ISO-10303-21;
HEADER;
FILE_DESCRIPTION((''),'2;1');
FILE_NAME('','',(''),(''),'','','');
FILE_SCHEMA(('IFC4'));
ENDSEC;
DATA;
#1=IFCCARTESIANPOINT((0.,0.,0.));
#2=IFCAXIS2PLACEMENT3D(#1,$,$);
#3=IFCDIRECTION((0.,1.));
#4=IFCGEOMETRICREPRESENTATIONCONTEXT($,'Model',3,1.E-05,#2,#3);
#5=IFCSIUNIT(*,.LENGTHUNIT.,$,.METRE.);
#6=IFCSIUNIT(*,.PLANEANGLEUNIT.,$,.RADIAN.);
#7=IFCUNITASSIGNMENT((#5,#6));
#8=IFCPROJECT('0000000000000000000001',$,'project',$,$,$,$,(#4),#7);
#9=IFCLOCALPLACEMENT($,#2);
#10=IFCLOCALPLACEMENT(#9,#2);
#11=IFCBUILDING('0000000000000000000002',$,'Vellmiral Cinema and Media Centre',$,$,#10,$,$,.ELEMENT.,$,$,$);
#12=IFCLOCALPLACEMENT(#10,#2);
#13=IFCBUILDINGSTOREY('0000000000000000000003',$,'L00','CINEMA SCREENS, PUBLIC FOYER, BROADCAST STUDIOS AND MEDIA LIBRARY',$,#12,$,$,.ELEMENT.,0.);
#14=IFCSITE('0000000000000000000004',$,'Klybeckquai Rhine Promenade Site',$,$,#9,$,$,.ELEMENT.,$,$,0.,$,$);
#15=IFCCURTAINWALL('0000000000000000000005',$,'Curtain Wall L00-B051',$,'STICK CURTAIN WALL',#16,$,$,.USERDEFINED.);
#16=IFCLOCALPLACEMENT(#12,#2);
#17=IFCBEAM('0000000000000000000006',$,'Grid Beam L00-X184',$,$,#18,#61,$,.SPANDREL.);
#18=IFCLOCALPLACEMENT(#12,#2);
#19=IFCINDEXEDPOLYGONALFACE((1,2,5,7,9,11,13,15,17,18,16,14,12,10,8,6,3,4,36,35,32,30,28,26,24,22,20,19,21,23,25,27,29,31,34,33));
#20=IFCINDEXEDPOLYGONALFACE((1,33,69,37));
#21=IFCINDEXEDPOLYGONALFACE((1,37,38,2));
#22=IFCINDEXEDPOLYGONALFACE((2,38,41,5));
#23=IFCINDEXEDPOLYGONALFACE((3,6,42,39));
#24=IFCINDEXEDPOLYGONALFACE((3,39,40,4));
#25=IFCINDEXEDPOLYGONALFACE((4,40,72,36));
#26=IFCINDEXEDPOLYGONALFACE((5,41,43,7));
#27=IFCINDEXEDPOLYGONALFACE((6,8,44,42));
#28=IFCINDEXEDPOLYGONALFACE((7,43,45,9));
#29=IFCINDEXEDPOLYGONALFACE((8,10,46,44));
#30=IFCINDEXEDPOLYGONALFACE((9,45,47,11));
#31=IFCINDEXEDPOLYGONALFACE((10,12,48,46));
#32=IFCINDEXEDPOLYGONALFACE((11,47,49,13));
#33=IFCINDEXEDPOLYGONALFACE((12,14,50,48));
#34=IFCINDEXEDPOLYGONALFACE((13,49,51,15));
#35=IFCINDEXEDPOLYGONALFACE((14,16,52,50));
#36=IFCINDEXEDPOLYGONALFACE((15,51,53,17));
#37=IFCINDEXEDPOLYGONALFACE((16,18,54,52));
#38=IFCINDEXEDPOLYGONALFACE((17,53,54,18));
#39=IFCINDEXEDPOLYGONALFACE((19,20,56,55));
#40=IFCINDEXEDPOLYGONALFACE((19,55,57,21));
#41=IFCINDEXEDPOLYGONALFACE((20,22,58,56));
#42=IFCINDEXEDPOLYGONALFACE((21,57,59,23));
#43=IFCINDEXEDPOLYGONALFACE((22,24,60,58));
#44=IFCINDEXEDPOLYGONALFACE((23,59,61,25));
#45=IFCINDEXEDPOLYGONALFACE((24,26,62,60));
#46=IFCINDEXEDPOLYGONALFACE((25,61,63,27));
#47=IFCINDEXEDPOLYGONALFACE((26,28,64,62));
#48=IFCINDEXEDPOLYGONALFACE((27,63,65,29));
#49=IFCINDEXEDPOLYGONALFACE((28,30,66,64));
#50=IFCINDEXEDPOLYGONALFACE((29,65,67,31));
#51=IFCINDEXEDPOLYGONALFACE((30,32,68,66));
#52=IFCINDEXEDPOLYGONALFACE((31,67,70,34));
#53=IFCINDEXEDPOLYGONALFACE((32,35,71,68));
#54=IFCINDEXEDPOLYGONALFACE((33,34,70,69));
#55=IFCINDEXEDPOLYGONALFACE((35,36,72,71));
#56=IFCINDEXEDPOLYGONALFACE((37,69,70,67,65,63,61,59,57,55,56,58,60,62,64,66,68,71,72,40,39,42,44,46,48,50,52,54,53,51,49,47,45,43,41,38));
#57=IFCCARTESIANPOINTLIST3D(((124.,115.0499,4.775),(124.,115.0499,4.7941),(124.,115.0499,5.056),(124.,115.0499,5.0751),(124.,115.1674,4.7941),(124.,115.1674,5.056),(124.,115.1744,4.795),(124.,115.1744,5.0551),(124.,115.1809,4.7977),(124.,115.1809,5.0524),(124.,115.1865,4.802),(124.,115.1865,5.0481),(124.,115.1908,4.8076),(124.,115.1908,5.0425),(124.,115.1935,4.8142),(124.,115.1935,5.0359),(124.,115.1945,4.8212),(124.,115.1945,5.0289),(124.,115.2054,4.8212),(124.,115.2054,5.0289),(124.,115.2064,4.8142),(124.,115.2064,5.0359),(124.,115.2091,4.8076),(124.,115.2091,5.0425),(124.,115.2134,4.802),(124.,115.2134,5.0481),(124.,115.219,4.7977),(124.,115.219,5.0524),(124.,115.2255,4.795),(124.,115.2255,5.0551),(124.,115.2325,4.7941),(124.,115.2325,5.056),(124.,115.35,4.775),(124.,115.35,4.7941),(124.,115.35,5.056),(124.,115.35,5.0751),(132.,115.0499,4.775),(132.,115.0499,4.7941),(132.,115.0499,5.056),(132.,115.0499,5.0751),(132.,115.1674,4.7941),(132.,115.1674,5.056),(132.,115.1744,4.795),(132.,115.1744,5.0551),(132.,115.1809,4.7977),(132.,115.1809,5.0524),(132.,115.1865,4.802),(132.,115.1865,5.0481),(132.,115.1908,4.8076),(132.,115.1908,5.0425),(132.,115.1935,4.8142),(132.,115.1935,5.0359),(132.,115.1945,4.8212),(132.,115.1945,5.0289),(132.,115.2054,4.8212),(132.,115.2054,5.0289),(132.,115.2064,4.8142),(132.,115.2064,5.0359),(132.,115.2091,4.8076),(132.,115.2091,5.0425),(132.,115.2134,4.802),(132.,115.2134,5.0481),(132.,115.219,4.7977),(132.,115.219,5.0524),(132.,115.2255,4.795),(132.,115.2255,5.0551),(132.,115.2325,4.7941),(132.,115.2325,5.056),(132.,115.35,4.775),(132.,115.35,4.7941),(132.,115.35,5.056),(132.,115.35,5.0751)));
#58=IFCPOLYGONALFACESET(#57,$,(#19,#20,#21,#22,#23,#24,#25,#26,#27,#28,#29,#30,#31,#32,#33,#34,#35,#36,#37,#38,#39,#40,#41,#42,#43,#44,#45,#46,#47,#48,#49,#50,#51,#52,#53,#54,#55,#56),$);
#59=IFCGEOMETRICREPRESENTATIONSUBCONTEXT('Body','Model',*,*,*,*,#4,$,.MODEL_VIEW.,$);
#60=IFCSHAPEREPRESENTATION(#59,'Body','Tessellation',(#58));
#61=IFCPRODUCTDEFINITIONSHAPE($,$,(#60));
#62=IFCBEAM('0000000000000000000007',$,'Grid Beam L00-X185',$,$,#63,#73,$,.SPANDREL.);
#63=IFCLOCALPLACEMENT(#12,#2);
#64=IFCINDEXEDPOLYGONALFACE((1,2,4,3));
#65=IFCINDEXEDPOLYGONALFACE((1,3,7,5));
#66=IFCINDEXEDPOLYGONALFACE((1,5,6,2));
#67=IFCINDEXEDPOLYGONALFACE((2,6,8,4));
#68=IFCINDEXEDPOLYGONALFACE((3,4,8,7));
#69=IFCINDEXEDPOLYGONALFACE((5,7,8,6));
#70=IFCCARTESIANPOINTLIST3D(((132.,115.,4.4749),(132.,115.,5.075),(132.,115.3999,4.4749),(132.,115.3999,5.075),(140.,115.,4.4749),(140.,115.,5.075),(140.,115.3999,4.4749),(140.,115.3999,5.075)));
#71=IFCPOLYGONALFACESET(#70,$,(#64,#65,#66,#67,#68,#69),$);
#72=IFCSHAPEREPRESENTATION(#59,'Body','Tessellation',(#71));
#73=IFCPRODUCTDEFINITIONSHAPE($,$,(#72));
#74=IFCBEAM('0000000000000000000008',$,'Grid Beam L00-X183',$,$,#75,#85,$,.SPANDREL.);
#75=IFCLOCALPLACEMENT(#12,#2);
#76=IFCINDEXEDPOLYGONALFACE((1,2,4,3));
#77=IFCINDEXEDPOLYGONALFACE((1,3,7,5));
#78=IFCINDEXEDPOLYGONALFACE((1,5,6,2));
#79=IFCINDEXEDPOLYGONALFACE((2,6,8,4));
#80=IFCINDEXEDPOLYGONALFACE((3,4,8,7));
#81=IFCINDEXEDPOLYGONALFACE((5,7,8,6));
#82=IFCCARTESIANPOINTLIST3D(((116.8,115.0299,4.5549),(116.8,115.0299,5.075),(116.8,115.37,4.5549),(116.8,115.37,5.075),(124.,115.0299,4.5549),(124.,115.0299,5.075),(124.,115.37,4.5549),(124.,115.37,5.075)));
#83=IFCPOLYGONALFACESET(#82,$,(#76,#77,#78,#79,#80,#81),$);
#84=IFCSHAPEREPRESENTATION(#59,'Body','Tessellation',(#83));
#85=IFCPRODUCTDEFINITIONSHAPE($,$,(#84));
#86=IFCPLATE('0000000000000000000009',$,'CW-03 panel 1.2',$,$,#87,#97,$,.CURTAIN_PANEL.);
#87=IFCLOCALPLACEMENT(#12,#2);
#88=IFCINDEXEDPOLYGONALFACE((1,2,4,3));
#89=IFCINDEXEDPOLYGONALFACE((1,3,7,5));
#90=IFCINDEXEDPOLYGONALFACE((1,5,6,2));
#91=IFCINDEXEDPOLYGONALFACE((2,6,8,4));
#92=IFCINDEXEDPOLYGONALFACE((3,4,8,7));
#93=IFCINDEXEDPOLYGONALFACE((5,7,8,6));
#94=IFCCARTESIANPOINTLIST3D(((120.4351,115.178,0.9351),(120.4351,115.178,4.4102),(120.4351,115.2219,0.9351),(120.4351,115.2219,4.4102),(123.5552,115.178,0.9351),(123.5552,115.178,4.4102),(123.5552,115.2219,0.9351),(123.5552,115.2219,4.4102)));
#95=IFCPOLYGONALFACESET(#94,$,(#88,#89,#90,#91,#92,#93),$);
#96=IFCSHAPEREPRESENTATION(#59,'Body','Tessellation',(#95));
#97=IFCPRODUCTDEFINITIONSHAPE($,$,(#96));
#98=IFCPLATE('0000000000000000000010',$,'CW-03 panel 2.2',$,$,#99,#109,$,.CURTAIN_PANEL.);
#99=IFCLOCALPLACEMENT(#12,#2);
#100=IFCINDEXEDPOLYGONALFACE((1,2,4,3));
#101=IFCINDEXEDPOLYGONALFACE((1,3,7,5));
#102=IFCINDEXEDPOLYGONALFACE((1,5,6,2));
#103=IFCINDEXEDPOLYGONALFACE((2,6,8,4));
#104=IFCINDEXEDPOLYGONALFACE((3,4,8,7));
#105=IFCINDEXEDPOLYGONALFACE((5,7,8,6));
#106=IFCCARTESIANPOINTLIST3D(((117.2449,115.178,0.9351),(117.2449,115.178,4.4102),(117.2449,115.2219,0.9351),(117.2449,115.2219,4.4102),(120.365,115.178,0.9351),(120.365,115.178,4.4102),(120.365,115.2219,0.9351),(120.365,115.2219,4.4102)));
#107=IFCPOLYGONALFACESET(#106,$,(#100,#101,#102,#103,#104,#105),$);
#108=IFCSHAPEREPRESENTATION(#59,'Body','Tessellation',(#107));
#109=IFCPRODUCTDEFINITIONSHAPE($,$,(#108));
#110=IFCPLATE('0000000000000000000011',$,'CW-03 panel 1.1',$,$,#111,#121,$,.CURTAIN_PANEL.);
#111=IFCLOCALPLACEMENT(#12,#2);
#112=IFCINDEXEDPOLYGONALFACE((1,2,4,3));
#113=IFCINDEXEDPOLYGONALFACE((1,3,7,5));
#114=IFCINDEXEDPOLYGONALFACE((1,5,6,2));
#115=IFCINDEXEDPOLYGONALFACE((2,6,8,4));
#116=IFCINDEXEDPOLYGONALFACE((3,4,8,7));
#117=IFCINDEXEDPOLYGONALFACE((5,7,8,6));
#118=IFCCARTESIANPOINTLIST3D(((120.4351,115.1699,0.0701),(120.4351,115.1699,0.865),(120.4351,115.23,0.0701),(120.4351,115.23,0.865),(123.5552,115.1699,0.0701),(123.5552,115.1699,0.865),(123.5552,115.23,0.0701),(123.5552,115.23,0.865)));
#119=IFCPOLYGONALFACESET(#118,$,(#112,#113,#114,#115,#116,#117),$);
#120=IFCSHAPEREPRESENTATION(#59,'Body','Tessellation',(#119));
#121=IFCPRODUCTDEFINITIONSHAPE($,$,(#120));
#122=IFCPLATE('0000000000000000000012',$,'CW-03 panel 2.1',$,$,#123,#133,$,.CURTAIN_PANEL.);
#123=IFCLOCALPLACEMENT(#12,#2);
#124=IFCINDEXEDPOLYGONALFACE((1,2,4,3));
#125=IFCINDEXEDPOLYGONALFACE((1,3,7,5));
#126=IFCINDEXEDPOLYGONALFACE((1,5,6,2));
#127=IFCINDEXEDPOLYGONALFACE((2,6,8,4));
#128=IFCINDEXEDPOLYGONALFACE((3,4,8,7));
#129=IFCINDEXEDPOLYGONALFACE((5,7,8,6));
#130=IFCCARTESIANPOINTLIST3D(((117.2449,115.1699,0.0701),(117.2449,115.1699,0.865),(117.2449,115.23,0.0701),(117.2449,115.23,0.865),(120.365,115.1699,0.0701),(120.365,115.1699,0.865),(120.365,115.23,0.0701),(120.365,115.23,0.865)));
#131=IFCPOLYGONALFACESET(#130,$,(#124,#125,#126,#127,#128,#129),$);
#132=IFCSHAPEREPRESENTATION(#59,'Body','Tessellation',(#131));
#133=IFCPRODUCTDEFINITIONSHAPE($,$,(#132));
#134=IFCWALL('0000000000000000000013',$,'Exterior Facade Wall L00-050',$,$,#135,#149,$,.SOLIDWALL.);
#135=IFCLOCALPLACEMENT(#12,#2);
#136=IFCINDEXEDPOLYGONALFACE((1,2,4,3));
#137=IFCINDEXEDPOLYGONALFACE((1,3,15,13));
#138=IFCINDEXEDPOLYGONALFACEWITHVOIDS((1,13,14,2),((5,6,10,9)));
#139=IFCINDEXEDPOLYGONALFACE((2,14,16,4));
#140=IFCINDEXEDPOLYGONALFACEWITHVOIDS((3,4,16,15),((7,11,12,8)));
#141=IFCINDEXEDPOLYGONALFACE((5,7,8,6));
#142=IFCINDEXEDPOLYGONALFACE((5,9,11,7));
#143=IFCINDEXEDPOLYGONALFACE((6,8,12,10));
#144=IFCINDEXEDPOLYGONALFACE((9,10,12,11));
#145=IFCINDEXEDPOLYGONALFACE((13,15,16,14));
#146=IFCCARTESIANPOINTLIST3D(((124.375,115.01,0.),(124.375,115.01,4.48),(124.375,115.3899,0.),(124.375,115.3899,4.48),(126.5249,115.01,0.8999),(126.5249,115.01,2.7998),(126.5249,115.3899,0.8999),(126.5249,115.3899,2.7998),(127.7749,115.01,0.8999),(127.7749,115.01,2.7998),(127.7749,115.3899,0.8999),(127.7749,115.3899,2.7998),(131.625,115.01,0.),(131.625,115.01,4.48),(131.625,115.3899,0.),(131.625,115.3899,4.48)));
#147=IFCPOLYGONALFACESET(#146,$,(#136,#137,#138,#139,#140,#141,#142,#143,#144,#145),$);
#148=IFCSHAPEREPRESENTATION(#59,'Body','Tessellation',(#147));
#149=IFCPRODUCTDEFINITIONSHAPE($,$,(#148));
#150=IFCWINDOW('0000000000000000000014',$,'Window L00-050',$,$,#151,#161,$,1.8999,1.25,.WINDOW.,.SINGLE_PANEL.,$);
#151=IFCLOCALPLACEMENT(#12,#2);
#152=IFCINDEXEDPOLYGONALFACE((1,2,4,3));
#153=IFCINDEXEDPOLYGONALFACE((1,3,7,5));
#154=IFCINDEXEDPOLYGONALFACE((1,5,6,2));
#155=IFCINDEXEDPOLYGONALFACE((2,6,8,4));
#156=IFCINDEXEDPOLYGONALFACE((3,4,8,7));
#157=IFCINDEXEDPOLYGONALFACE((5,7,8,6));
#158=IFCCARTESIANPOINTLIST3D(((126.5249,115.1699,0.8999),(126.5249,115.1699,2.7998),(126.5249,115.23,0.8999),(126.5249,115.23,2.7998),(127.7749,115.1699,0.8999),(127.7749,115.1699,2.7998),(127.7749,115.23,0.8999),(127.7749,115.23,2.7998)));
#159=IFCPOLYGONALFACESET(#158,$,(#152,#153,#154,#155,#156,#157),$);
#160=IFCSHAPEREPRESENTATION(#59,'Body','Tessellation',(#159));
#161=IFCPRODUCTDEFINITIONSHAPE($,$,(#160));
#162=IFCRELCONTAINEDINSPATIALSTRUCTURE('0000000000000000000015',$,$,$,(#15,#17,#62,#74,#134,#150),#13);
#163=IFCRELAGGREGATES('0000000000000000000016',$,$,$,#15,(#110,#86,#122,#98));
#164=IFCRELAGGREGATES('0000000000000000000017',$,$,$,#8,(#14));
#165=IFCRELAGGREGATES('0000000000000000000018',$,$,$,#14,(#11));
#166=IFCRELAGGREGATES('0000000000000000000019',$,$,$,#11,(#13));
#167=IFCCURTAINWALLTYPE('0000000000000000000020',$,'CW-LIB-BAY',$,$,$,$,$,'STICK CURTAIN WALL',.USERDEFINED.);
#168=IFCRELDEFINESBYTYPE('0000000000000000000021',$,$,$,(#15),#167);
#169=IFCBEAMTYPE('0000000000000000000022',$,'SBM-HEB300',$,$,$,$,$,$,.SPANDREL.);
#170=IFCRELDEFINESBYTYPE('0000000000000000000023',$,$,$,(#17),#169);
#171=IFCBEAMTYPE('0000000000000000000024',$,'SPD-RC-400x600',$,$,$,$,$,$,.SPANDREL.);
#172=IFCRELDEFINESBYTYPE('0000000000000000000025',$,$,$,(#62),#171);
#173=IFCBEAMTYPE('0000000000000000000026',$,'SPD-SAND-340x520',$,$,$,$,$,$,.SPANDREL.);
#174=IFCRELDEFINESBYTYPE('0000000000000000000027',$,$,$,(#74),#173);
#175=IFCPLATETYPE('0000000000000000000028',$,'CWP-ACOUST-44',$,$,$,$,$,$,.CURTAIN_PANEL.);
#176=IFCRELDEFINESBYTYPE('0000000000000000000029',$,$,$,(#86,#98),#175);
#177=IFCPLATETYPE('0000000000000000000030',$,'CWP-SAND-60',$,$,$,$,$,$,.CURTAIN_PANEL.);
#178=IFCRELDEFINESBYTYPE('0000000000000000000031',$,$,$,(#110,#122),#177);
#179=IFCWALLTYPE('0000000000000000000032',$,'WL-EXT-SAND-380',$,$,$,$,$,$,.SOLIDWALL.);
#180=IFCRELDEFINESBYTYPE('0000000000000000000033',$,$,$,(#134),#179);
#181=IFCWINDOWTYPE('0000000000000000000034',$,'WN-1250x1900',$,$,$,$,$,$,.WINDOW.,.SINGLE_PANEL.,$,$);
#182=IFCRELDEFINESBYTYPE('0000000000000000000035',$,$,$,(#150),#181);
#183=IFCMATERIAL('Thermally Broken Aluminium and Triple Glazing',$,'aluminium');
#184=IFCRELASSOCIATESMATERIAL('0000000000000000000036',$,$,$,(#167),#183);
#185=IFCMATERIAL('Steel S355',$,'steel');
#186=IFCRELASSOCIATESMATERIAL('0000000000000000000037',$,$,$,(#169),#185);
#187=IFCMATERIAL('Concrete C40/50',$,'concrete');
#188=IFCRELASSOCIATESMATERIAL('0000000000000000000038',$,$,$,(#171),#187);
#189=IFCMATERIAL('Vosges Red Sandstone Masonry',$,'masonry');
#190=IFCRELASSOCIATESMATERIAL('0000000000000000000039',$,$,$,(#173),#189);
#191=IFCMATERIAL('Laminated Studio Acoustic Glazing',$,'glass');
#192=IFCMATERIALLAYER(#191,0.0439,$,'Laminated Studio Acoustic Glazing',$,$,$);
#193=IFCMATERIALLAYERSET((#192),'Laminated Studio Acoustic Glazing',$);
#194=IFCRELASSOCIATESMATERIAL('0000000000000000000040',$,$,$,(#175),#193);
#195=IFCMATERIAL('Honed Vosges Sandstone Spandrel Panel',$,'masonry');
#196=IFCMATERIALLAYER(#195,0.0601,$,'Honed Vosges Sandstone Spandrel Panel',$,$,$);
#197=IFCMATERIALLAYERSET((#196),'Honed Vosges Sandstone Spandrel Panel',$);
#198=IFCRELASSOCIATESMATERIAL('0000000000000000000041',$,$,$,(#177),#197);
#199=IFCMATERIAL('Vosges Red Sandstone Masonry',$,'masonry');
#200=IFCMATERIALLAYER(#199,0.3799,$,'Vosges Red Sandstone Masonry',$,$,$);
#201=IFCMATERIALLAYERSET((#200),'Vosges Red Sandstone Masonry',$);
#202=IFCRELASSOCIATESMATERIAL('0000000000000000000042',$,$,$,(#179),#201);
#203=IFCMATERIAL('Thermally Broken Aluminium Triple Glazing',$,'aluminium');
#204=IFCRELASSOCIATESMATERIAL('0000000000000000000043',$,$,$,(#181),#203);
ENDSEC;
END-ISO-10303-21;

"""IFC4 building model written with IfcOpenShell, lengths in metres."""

from ifc_helpers import new_model, si_unit, direction, frame, frame_2d, origin, origin_2d, place, context, subcontext, project, spatial, rectangle, i_section, extrude, material, layer, layer_set, material_profile, profile_set, type_object, element, fill, aggregate, save


model = new_model("IFC4")

# Units and contexts
model_context = context("Model", 3, precision=1e-05, world=origin(), true_north=direction((0.0, 1.0)))
body_context = subcontext(model_context, "Body", "Model", "MODEL_VIEW")
ifc_project = project(units=[si_unit("LENGTHUNIT", "METRE"), si_unit("PLANEANGLEUNIT", "RADIAN")], contexts=[model_context])

# Site, building, storey
site_placement = place(None, origin())
site = spatial("IfcSite", under=ifc_project, at=site_placement, Name="Klybeckquai Rhine Promenade Site", CompositionType="ELEMENT", RefElevation=0.0)
building_placement = place(site_placement, origin())
building = spatial("IfcBuilding", under=site, at=building_placement, Name="Vellmiral Cinema and Media Centre", CompositionType="ELEMENT")
storey_placement = place(building_placement, origin())
storey = spatial("IfcBuildingStorey", under=building, at=storey_placement, Name="L00", Description="CINEMA SCREENS, PUBLIC FOYER, BROADCAST STUDIOS AND MEDIA LIBRARY", CompositionType="ELEMENT", Elevation=0.0)

# Curtain wall
ifc_material_1 = material(Name="Thermally Broken Aluminium and Triple Glazing", Category="aluminium")
curtain_wall_type = type_object("IfcCurtainWallType", Name="CW-LIB-BAY", ElementType="STICK CURTAIN WALL", PredefinedType="USERDEFINED", material=ifc_material_1)
curtain_wall_placement = place(storey_placement, origin())
curtain_wall = element("IfcCurtainWall", 1, at=curtain_wall_placement, inside=storey, type_object=curtain_wall_type, Name="Curtain Wall L00-B051", ObjectType="STICK CURTAIN WALL", PredefinedType="USERDEFINED")

# Beams
ifc_material_2 = material(Name="Steel S355", Category="steel")
ifc_material_profile_1 = material_profile(ifc_material_2, i_section(OverallWidth=0.3, OverallDepth=0.3, WebThickness=0.011, FlangeThickness=0.019, FilletRadius=0.0271, at=origin_2d()), Name="HEB 300")
ifc_profile_set_1 = profile_set([ifc_material_profile_1], Name="Steel S355")
beam_type_1 = type_object("IfcBeamType", Name="SBM-HEB300", PredefinedType="SPANDREL", material=ifc_profile_set_1)
beam_1_placement = place(storey_placement, frame((124.0, 115.2, 4.925), z_axis=(1.0, 0.0, 0.0), x_axis=(0.0, 1.0, 0.0)))
element("IfcBeam", 2, at=beam_1_placement, inside=storey, type_object=beam_type_1, Name="Grid Beam L00-X184", PredefinedType="SPANDREL", context=body_context, shape_type="SweptSolid", body=[
    extrude(i_section(OverallWidth=0.3, OverallDepth=0.3, WebThickness=0.011, FlangeThickness=0.019, FilletRadius=0.0271, at=origin_2d()), origin(), (0.0, 0.0, 1.0), 8.0),
])
ifc_material_3 = material(Name="Concrete C40/50", Category="concrete")
ifc_material_profile_2 = material_profile(ifc_material_3, rectangle(XDim=0.3999, YDim=0.6001, at=origin_2d()), Name="RC 400x600")
ifc_profile_set_2 = profile_set([ifc_material_profile_2], Name="Concrete C40/50")
beam_type_2 = type_object("IfcBeamType", Name="SPD-RC-400x600", PredefinedType="SPANDREL", material=ifc_profile_set_2)
beam_2_placement = place(storey_placement, frame((132.0, 115.2, 4.7749), z_axis=(1.0, 0.0, 0.0), x_axis=(0.0, 1.0, 0.0)))
element("IfcBeam", 3, at=beam_2_placement, inside=storey, type_object=beam_type_2, Name="Grid Beam L00-X185", PredefinedType="SPANDREL", context=body_context, shape_type="SweptSolid", body=[
    extrude(rectangle(XDim=0.3999, YDim=0.6001, at=origin_2d()), origin(), (0.0, 0.0, 1.0), 8.0),
])
ifc_material_4 = material(Name="Vosges Red Sandstone Masonry", Category="masonry")
ifc_material_profile_3 = material_profile(ifc_material_4, rectangle(XDim=0.3401, YDim=0.52, at=origin_2d()), Name="SAND 340x520")
ifc_profile_set_3 = profile_set([ifc_material_profile_3], Name="Vosges Red Sandstone Masonry")
beam_type_3 = type_object("IfcBeamType", Name="SPD-SAND-340x520", PredefinedType="SPANDREL", material=ifc_profile_set_3)
beam_3_placement = place(storey_placement, frame((116.8, 115.2, 4.8149), z_axis=(1.0, 0.0, 0.0), x_axis=(0.0, 1.0, 0.0)))
element("IfcBeam", 4, at=beam_3_placement, inside=storey, type_object=beam_type_3, Name="Grid Beam L00-X183", PredefinedType="SPANDREL", context=body_context, shape_type="SweptSolid", body=[
    extrude(rectangle(XDim=0.3401, YDim=0.52, at=origin_2d()), origin(), (0.0, 0.0, 1.0), 7.2),
])

# Plates
ifc_material_5 = material(Name="Laminated Studio Acoustic Glazing", Category="glass")
ifc_layer_1 = layer(ifc_material_5, 0.0439, Name="Laminated Studio Acoustic Glazing")
ifc_layer_set_1 = layer_set([ifc_layer_1], Name="Laminated Studio Acoustic Glazing")
plate_type_1 = type_object("IfcPlateType", Name="CWP-ACOUST-44", PredefinedType="CURTAIN_PANEL", material=ifc_layer_set_1)
plate_1_placement = place(storey_placement, frame((121.9951, 115.2, 0.9351), z_axis=(0.0, 0.0, 1.0), x_axis=(-1.0, 0.0, 0.0)))
plate_1 = element("IfcPlate", 5, at=plate_1_placement, type_object=plate_type_1, Name="CW-03 panel 1.2", PredefinedType="CURTAIN_PANEL", context=body_context, shape_type="SweptSolid", body=[
    extrude(rectangle(XDim=3.1201, YDim=0.0439, at=origin_2d()), origin(), (0.0, 0.0, 1.0), 3.4751),
])
plate_2_placement = place(storey_placement, frame((118.8049, 115.2, 0.9351), z_axis=(0.0, 0.0, 1.0), x_axis=(-1.0, 0.0, 0.0)))
plate_2 = element("IfcPlate", 6, at=plate_2_placement, type_object=plate_type_1, Name="CW-03 panel 2.2", PredefinedType="CURTAIN_PANEL", context=body_context, shape_type="SweptSolid", body=[
    extrude(rectangle(XDim=3.1201, YDim=0.0439, at=origin_2d()), origin(), (0.0, 0.0, 1.0), 3.4751),
])
ifc_material_6 = material(Name="Honed Vosges Sandstone Spandrel Panel", Category="masonry")
ifc_layer_2 = layer(ifc_material_6, 0.0601, Name="Honed Vosges Sandstone Spandrel Panel")
ifc_layer_set_2 = layer_set([ifc_layer_2], Name="Honed Vosges Sandstone Spandrel Panel")
plate_type_2 = type_object("IfcPlateType", Name="CWP-SAND-60", PredefinedType="CURTAIN_PANEL", material=ifc_layer_set_2)
plate_3_placement = place(storey_placement, frame((121.9951, 115.2, 0.0701), z_axis=(0.0, 0.0, 1.0), x_axis=(-1.0, 0.0, 0.0)))
plate_3 = element("IfcPlate", 7, at=plate_3_placement, type_object=plate_type_2, Name="CW-03 panel 1.1", PredefinedType="CURTAIN_PANEL", context=body_context, shape_type="SweptSolid", body=[
    extrude(rectangle(XDim=3.1201, YDim=0.0601, at=origin_2d()), origin(), (0.0, 0.0, 1.0), 0.7949),
])
plate_4_placement = place(storey_placement, frame((118.8049, 115.2, 0.0701), z_axis=(0.0, 0.0, 1.0), x_axis=(-1.0, 0.0, 0.0)))
plate_4 = element("IfcPlate", 8, at=plate_4_placement, type_object=plate_type_2, Name="CW-03 panel 2.1", PredefinedType="CURTAIN_PANEL", context=body_context, shape_type="SweptSolid", body=[
    extrude(rectangle(XDim=3.1201, YDim=0.0601, at=origin_2d()), origin(), (0.0, 0.0, 1.0), 0.7949),
])
aggregate(curtain_wall, [plate_3, plate_1, plate_4, plate_2])

# Wall, opening, window
ifc_material_7 = material(Name="Vosges Red Sandstone Masonry", Category="masonry")
ifc_layer_3 = layer(ifc_material_7, 0.3799, Name="Vosges Red Sandstone Masonry")
ifc_layer_set_3 = layer_set([ifc_layer_3], Name="Vosges Red Sandstone Masonry")
wall_type = type_object("IfcWallType", Name="WL-EXT-SAND-380", PredefinedType="SOLIDWALL", material=ifc_layer_set_3)
wall_placement = place(storey_placement, frame((131.625, 115.2, 0.0), z_axis=(0.0, 0.0, 1.0), x_axis=(-1.0, 0.0, 0.0)))
wall = element("IfcWall", 9, at=wall_placement, inside=storey, type_object=wall_type, Name="Exterior Facade Wall L00-050", PredefinedType="SOLIDWALL", context=body_context, shape_type="SweptSolid", body=[
    extrude(rectangle(XDim=7.25, YDim=0.3799, at=frame_2d((3.625, 0.0))), origin(), (0.0, 0.0, 1.0), 4.48),
])
opening_placement = place(wall_placement, frame((3.8501, 0.0, 0.8999)))
opening = element("IfcOpeningElement", 10, at=opening_placement, cuts=wall, PredefinedType="OPENING", context=body_context, shape_type="SweptSolid", body=[
    extrude(rectangle(XDim=1.25, YDim=1.8999, at=frame_2d((0.625, 0.95))), frame((0.0, 0.2019, 0.0), z_axis=(0.0, -1.0, 0.0), x_axis=(1.0, 0.0, 0.0)), (0.0, 0.0, 1.0), 0.4038),
])
ifc_material_8 = material(Name="Thermally Broken Aluminium Triple Glazing", Category="aluminium")
window_type = type_object("IfcWindowType", Name="WN-1250x1900", PartitioningType="SINGLE_PANEL", PredefinedType="WINDOW", material=ifc_material_8)
window_placement = place(opening_placement, origin())
window = element("IfcWindow", 11, at=window_placement, inside=storey, type_object=window_type, Name="Window L00-050", OverallHeight=1.8999, OverallWidth=1.25, PartitioningType="SINGLE_PANEL", PredefinedType="WINDOW", context=body_context, shape_type="SweptSolid", body=[
    extrude(rectangle(XDim=1.25, YDim=1.8999, at=frame_2d((0.625, 0.95))), frame((0.0, 0.03, 0.0), z_axis=(0.0, -1.0, 0.0), x_axis=(1.0, 0.0, 0.0)), (0.0, 0.0, 1.0), 0.0601),
])
fill(opening, window)

save(model, "model.ifc")
